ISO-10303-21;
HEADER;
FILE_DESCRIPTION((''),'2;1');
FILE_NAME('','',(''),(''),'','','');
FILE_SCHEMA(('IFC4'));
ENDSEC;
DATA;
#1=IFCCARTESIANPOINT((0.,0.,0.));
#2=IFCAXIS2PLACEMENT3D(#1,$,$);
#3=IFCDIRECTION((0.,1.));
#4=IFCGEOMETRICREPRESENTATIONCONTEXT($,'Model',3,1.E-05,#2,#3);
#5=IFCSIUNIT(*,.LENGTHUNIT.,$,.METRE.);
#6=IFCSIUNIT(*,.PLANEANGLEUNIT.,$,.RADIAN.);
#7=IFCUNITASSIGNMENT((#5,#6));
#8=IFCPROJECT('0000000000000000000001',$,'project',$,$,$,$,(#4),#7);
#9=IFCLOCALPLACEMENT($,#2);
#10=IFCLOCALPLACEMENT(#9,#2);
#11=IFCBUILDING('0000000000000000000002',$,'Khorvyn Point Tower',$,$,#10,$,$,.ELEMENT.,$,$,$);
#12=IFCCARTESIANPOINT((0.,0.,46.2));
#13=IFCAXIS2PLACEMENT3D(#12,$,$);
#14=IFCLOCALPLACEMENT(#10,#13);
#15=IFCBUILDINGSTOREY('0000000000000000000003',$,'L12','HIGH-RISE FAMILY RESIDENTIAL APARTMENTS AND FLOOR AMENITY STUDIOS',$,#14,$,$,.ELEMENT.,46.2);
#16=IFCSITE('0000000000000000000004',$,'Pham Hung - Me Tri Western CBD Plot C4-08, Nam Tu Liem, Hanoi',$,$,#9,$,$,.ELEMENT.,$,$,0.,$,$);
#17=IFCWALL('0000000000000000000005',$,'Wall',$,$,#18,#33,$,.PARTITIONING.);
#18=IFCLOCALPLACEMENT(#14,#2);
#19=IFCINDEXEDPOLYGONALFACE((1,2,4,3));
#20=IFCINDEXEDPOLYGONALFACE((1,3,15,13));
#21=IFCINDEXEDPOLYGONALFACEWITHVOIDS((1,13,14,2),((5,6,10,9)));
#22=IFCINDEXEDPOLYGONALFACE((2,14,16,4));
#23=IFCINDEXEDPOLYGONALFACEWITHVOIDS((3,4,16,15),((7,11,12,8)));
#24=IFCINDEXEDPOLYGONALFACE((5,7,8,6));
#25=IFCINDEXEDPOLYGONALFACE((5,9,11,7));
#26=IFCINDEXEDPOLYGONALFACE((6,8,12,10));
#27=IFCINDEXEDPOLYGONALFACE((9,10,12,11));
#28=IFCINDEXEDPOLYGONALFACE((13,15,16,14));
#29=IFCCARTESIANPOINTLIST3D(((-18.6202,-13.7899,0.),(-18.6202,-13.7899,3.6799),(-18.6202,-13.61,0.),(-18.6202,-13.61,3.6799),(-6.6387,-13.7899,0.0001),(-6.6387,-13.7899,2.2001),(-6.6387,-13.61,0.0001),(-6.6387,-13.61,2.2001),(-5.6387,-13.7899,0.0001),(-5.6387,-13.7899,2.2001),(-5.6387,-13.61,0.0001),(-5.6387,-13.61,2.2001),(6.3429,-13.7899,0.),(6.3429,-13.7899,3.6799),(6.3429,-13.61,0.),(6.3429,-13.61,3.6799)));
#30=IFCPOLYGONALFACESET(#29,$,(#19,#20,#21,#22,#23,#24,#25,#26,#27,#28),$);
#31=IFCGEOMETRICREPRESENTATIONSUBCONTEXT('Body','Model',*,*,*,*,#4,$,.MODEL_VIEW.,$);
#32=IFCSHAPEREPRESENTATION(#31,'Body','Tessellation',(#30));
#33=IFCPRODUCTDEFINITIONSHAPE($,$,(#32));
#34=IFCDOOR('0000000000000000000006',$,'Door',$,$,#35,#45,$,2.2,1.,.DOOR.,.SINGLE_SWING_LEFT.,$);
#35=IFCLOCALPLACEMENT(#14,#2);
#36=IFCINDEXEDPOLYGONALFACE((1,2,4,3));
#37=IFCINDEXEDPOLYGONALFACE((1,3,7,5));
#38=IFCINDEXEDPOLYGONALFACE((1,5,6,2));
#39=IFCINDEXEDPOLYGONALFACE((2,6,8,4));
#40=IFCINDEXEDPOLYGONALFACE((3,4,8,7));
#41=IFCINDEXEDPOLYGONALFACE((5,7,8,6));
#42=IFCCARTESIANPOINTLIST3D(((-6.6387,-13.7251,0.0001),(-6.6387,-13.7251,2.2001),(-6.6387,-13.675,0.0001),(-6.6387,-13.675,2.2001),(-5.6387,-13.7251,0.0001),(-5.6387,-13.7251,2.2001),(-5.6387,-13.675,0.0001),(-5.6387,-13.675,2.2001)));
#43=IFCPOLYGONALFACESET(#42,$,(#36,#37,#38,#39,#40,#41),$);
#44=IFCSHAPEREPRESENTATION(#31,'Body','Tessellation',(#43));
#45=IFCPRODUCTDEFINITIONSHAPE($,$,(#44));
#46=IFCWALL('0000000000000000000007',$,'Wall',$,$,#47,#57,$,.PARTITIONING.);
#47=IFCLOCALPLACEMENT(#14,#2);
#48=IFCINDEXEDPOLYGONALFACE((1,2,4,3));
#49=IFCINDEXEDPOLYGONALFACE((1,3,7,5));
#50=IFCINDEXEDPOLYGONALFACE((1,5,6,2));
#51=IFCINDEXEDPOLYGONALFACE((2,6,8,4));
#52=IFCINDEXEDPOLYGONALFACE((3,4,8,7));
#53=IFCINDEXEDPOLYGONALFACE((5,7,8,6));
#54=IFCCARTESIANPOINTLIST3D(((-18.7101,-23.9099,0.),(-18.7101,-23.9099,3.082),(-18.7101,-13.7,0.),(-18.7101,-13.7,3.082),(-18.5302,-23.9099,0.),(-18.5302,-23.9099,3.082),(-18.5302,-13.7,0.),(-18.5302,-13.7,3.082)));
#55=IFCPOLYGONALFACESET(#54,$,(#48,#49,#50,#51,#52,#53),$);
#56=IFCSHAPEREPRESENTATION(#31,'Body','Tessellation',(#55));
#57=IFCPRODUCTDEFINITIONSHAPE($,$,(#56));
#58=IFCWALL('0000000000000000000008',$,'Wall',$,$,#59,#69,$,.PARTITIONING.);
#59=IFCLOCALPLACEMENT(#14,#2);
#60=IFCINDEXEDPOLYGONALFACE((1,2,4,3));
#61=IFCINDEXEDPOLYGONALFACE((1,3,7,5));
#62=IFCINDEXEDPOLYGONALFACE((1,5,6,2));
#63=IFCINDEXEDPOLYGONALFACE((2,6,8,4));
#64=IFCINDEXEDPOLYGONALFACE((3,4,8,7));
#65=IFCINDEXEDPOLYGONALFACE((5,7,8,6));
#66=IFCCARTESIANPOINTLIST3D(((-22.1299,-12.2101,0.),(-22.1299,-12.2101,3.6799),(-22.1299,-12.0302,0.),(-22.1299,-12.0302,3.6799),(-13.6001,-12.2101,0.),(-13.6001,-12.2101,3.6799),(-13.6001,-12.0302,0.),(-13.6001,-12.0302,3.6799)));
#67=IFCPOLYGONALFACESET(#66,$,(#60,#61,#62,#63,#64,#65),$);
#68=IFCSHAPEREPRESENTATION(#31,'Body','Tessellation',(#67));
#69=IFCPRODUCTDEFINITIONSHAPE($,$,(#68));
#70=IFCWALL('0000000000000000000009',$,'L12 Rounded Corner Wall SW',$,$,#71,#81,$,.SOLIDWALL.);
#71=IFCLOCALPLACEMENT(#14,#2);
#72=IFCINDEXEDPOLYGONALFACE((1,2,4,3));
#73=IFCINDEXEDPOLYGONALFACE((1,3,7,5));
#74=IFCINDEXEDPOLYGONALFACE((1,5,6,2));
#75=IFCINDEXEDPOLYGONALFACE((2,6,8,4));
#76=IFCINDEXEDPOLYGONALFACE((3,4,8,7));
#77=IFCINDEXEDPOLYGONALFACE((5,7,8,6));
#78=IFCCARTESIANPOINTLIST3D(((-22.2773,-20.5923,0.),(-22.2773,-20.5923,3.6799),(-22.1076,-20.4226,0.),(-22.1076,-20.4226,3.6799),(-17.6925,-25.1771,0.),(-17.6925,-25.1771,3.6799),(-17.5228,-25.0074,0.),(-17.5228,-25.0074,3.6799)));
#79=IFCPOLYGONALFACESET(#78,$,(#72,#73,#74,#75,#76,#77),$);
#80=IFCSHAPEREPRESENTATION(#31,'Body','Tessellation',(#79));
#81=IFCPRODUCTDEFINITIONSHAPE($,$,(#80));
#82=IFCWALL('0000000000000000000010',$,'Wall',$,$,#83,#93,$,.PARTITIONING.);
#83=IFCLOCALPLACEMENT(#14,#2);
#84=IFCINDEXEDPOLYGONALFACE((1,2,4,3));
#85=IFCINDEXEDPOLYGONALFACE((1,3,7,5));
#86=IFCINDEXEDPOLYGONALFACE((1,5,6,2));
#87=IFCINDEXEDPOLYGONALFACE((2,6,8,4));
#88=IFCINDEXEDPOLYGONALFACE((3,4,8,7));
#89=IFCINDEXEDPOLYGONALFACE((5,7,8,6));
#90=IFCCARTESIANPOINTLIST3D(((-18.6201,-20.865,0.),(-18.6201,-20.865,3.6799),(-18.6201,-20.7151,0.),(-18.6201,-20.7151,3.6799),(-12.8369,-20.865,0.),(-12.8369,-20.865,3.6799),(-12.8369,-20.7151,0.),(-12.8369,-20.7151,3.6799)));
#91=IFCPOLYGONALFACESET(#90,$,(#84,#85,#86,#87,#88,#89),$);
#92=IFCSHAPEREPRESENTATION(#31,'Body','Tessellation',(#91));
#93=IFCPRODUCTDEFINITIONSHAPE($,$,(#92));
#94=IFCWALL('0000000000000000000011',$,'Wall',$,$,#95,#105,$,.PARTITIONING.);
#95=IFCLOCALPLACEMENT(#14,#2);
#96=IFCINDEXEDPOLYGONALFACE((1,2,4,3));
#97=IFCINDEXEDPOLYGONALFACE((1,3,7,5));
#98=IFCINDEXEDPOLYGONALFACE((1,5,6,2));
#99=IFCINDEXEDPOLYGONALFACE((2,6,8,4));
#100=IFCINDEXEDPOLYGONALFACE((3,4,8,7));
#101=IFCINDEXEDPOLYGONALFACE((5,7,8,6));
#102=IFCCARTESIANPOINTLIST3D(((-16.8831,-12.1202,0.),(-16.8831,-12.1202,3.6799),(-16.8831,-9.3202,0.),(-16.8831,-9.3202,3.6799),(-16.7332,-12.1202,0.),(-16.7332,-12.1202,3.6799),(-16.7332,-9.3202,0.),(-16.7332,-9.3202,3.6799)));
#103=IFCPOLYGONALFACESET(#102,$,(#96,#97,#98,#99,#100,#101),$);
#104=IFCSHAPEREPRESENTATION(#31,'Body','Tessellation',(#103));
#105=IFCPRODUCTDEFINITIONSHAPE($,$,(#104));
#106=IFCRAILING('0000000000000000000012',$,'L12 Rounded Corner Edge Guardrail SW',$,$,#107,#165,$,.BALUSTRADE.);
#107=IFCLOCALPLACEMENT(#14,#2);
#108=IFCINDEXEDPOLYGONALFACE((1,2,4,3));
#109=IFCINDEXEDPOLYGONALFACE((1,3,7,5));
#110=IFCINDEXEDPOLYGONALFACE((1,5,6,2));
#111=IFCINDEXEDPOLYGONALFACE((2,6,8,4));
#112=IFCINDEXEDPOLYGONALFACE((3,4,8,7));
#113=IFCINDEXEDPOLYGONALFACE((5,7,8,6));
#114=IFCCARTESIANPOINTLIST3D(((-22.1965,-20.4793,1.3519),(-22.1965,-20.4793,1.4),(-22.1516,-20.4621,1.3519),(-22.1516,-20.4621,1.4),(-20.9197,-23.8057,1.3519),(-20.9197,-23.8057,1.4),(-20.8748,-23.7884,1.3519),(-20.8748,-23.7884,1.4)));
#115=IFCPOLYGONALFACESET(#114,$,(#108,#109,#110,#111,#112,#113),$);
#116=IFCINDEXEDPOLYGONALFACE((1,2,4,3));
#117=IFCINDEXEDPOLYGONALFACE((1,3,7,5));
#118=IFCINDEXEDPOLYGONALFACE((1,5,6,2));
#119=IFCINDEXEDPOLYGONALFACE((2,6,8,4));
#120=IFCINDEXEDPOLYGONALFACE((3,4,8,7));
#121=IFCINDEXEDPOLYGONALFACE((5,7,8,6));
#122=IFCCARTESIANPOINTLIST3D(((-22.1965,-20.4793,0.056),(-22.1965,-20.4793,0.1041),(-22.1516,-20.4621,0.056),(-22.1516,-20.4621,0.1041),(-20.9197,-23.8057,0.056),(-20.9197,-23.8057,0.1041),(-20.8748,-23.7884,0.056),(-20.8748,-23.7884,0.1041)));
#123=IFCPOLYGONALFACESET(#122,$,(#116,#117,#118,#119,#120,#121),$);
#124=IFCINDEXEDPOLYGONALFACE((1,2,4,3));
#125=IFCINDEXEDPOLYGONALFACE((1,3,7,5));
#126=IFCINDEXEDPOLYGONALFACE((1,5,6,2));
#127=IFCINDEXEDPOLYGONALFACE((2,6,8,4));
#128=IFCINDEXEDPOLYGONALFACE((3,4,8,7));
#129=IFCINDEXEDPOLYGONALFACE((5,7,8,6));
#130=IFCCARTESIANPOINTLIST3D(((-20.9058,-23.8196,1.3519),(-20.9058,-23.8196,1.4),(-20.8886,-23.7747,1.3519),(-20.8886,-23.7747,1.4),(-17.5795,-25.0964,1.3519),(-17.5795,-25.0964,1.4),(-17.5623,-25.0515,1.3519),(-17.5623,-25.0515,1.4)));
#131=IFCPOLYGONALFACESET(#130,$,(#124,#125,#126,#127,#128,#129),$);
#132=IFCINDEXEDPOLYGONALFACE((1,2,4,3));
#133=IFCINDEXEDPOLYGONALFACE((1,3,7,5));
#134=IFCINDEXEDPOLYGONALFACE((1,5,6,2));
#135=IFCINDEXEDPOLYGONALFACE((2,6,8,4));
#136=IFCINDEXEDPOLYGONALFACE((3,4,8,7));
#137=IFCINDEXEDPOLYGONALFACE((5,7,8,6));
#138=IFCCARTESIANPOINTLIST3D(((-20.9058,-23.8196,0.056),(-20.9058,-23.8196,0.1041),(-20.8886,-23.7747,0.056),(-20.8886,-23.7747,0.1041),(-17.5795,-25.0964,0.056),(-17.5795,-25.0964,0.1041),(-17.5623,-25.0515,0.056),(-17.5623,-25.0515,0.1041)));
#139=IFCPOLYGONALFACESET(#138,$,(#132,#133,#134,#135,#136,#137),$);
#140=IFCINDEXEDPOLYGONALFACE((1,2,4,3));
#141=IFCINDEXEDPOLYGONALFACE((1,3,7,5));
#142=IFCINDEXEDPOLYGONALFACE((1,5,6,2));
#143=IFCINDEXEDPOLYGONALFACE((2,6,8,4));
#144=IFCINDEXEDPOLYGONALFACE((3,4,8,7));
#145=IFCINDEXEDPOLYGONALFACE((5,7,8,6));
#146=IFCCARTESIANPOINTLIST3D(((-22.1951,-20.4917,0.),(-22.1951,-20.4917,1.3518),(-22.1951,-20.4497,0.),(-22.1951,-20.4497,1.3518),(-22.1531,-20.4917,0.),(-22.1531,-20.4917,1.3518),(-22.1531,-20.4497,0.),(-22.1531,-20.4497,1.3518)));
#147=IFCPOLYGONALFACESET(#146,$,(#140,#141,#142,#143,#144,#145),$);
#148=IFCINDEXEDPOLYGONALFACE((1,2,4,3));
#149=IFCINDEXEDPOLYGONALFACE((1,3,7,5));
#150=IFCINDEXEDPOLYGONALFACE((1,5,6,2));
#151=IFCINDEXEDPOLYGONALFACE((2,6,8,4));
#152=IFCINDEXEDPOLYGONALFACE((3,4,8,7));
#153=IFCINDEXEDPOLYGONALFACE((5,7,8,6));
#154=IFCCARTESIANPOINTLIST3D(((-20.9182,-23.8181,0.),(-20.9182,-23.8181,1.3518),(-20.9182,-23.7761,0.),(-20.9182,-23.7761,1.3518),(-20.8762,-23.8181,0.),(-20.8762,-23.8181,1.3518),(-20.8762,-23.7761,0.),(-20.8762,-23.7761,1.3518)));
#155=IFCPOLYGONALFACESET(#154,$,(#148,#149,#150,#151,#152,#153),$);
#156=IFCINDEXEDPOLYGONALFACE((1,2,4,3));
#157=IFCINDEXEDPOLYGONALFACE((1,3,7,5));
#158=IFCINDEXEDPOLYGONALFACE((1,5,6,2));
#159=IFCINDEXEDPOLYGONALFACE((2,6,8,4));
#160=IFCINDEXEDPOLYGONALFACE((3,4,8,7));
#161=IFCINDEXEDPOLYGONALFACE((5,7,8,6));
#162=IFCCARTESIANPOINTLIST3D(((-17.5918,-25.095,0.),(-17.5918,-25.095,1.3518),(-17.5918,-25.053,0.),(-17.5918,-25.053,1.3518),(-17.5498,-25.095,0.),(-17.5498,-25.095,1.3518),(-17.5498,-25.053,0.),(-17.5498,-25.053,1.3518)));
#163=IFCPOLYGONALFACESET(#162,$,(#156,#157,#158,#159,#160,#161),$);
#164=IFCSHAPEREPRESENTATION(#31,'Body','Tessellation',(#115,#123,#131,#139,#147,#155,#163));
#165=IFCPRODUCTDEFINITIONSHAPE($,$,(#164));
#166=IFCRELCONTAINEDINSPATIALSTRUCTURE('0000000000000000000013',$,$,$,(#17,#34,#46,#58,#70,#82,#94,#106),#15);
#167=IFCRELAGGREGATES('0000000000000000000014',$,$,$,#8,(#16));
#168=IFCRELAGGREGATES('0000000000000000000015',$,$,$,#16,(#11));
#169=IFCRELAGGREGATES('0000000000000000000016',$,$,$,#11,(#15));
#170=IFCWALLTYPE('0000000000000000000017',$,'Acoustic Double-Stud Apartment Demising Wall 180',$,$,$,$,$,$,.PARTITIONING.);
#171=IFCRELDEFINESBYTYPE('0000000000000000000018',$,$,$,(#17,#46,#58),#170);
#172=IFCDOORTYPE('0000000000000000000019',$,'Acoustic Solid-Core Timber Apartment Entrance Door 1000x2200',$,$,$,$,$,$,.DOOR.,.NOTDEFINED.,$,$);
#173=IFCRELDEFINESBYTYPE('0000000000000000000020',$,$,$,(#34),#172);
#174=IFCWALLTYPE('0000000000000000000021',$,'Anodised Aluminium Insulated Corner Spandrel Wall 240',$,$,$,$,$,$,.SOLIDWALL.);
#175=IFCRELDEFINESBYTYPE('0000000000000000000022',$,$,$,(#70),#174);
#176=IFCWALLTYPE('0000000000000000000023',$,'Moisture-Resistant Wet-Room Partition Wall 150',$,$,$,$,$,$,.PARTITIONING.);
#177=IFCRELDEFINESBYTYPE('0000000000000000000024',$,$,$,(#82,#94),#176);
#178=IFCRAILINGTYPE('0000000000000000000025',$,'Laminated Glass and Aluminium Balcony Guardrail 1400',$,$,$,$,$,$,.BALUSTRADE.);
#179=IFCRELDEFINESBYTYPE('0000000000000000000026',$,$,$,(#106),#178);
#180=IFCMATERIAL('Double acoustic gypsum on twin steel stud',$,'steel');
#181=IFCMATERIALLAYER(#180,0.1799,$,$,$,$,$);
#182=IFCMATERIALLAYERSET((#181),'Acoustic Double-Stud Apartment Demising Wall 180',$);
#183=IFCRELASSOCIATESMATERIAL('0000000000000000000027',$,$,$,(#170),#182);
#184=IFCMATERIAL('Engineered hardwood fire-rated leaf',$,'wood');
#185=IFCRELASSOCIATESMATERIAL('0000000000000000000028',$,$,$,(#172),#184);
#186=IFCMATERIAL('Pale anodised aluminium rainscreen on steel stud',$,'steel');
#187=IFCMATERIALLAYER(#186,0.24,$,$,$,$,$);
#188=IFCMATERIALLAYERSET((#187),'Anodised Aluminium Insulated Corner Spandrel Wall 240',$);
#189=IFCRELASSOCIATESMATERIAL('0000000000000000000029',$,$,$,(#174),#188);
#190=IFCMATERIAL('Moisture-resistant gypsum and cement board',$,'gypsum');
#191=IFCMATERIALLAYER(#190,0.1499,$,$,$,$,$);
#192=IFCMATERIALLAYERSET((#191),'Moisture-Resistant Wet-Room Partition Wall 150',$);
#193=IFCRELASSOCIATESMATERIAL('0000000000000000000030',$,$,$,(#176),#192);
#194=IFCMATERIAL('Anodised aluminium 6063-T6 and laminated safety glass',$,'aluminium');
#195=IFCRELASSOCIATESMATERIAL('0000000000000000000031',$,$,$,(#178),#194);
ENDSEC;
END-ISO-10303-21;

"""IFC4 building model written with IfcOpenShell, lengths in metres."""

from ifc_helpers import new_model, si_unit, direction, frame, frame_2d, origin, origin_2d, place, context, subcontext, project, spatial, rectangle, extrude, material, layer, layer_set, type_object, element, fill, save


model = new_model("IFC4")

# Units and contexts
model_context = context("Model", 3, precision=1e-05, world=origin(), true_north=direction((0.0, 1.0)))
body_context = subcontext(model_context, "Body", "Model", "MODEL_VIEW")
ifc_project = project(units=[si_unit("LENGTHUNIT", "METRE"), si_unit("PLANEANGLEUNIT", "RADIAN")], contexts=[model_context])

# Site, building, storey
site_placement = place(None, origin())
site = spatial("IfcSite", under=ifc_project, at=site_placement, Name="Pham Hung - Me Tri Western CBD Plot C4-08, Nam Tu Liem, Hanoi", CompositionType="ELEMENT", RefElevation=0.0)
building_placement = place(site_placement, origin())
building = spatial("IfcBuilding", under=site, at=building_placement, Name="Khorvyn Point Tower", CompositionType="ELEMENT")
storey_placement = place(building_placement, frame((0.0, 0.0, 46.2)))
storey = spatial("IfcBuildingStorey", under=building, at=storey_placement, Name="L12", Description="HIGH-RISE FAMILY RESIDENTIAL APARTMENTS AND FLOOR AMENITY STUDIOS", CompositionType="ELEMENT", Elevation=46.2)

# Wall, opening, door
ifc_material_1 = material(Name="Double acoustic gypsum on twin steel stud", Category="steel")
ifc_layer_1 = layer(ifc_material_1, 0.1799)
ifc_layer_set_1 = layer_set([ifc_layer_1], Name="Acoustic Double-Stud Apartment Demising Wall 180")
wall_type_1 = type_object("IfcWallType", Name="Acoustic Double-Stud Apartment Demising Wall 180", PredefinedType="PARTITIONING", material=ifc_layer_set_1)
wall_1_placement = place(storey_placement, frame((-18.6201, -13.7, 0.0), z_axis=(0.0, 0.0, 1.0), x_axis=(1.0, 0.0, 0.0)))
wall_1 = element("IfcWall", 1, at=wall_1_placement, inside=storey, type_object=wall_type_1, Name="Wall", PredefinedType="PARTITIONING", context=body_context, shape_type="SweptSolid", body=[
    extrude(rectangle(XDim=24.9631, YDim=0.1799, at=frame_2d((12.4814, 0.0))), origin(), (0.0, 0.0, 1.0), 3.6799),
])
opening_placement = place(wall_1_placement, frame((11.9814, 0.0, 0.0)))
opening = element("IfcOpeningElement", 2, at=opening_placement, cuts=wall_1, PredefinedType="OPENING", context=body_context, shape_type="SweptSolid", body=[
    extrude(rectangle(XDim=1.0, YDim=2.2, at=frame_2d((0.5, 1.1001))), frame((0.0, 0.0999, 0.0), z_axis=(0.0, -1.0, 0.0), x_axis=(1.0, 0.0, 0.0)), (0.0, 0.0, 1.0), 0.2),
])
ifc_material_2 = material(Name="Engineered hardwood fire-rated leaf", Category="wood")
door_type = type_object("IfcDoorType", Name="Acoustic Solid-Core Timber Apartment Entrance Door 1000x2200", OperationType="NOTDEFINED", PredefinedType="DOOR", material=ifc_material_2)
door_placement = place(opening_placement, origin())
door = element("IfcDoor", 3, at=door_placement, inside=storey, type_object=door_type, Name="Door", OperationType="SINGLE_SWING_LEFT", OverallHeight=2.2, OverallWidth=1.0, PredefinedType="DOOR", context=body_context, shape_type="SweptSolid", body=[
    extrude(rectangle(XDim=1.0, YDim=2.2, at=frame_2d((0.5, 1.1001))), frame((0.0, 0.0249, 0.0), z_axis=(0.0, -1.0, 0.0), x_axis=(1.0, 0.0, 0.0)), (0.0, 0.0, 1.0), 0.05),
])
fill(opening, door)

# Walls
wall_2_placement = place(storey_placement, frame((-18.6201, -23.9099, 0.0), z_axis=(0.0, 0.0, 1.0), x_axis=(0.0, 1.0, 0.0)))
element("IfcWall", 4, at=wall_2_placement, inside=storey, type_object=wall_type_1, Name="Wall", PredefinedType="PARTITIONING", context=body_context, shape_type="SweptSolid", body=[
    extrude(rectangle(XDim=10.21, YDim=0.1799, at=frame_2d((5.105, 0.0))), origin(), (0.0, 0.0, 1.0), 3.082),
])
wall_3_placement = place(storey_placement, frame((-22.1299, -12.1201, 0.0), z_axis=(0.0, 0.0, 1.0), x_axis=(1.0, 0.0, 0.0)))
element("IfcWall", 5, at=wall_3_placement, inside=storey, type_object=wall_type_1, Name="Wall", PredefinedType="PARTITIONING", context=body_context, shape_type="SweptSolid", body=[
    extrude(rectangle(XDim=8.5298, YDim=0.1799, at=frame_2d((4.2649, 0.0))), origin(), (0.0, 0.0, 1.0), 3.6799),
])
ifc_material_3 = material(Name="Pale anodised aluminium rainscreen on steel stud", Category="steel")
ifc_layer_2 = layer(ifc_material_3, 0.24)
ifc_layer_set_2 = layer_set([ifc_layer_2], Name="Anodised Aluminium Insulated Corner Spandrel Wall 240")
wall_type_2 = type_object("IfcWallType", Name="Anodised Aluminium Insulated Corner Spandrel Wall 240", PredefinedType="SOLIDWALL", material=ifc_layer_set_2)
wall_4_placement = place(storey_placement, frame((-17.6077, -25.0923, 0.0), z_axis=(0.0, 0.0, 1.0), x_axis=(-0.707107, 0.707107, 0.0)))
element("IfcWall", 6, at=wall_4_placement, inside=storey, type_object=wall_type_2, Name="L12 Rounded Corner Wall SW", PredefinedType="SOLIDWALL", context=body_context, shape_type="SweptSolid", body=[
    extrude(rectangle(XDim=6.4839, YDim=0.24, at=frame_2d((3.2419, 0.0))), origin(), (0.0, 0.0, 1.0), 3.6799),
])
ifc_material_4 = material(Name="Moisture-resistant gypsum and cement board", Category="gypsum")
ifc_layer_3 = layer(ifc_material_4, 0.1499)
ifc_layer_set_3 = layer_set([ifc_layer_3], Name="Moisture-Resistant Wet-Room Partition Wall 150")
wall_type_3 = type_object("IfcWallType", Name="Moisture-Resistant Wet-Room Partition Wall 150", PredefinedType="PARTITIONING", material=ifc_layer_set_3)
wall_5_placement = place(storey_placement, frame((-18.6201, -20.79, 0.0), z_axis=(0.0, 0.0, 1.0), x_axis=(1.0, 0.0, 0.0)))
element("IfcWall", 7, at=wall_5_placement, inside=storey, type_object=wall_type_3, Name="Wall", PredefinedType="PARTITIONING", context=body_context, shape_type="SweptSolid", body=[
    extrude(rectangle(XDim=5.7832, YDim=0.1499, at=frame_2d((2.8916, 0.0))), origin(), (0.0, 0.0, 1.0), 3.6799),
])
wall_6_placement = place(storey_placement, frame((-16.8081, -12.1201, 0.0), z_axis=(0.0, 0.0, 1.0), x_axis=(0.0, 1.0, 0.0)))
element("IfcWall", 8, at=wall_6_placement, inside=storey, type_object=wall_type_3, Name="Wall", PredefinedType="PARTITIONING", context=body_context, shape_type="SweptSolid", body=[
    extrude(rectangle(XDim=2.8, YDim=0.1499, at=frame_2d((1.3999, 0.0))), origin(), (0.0, 0.0, 1.0), 3.6799),
])

# Railing
ifc_material_5 = material(Name="Anodised aluminium 6063-T6 and laminated safety glass", Category="aluminium")
railing_type = type_object("IfcRailingType", Name="Laminated Glass and Aluminium Balcony Guardrail 1400", PredefinedType="BALUSTRADE", material=ifc_material_5)
railing_placement = place(storey_placement, frame((-22.1741, -20.4707, 0.0)))
element("IfcRailing", 9, at=railing_placement, inside=storey, type_object=railing_type, Name="L12 Rounded Corner Edge Guardrail SW", PredefinedType="BALUSTRADE", context=body_context, shape_type="SweptSolid", body=[
    extrude(rectangle(XDim=0.0481, YDim=0.0481, at=origin_2d()), frame((0.0, 0.0, 1.376), z_axis=(0.358359, -0.933584, 0.0), x_axis=(0.933584, 0.358359, 0.0)), (0.0, 0.0, 1.0), 3.563),
    extrude(rectangle(XDim=0.0481, YDim=0.0481, at=origin_2d()), frame((0.0, 0.0, 0.0801), z_axis=(0.358359, -0.933584, 0.0), x_axis=(0.933584, 0.358359, 0.0)), (0.0, 0.0, 1.0), 3.563),
    extrude(rectangle(XDim=0.0481, YDim=0.0481, at=origin_2d()), frame((1.2769, -3.3264, 1.376), z_axis=(0.933584, -0.358359, 0.0), x_axis=(0.358359, 0.933584, 0.0)), (0.0, 0.0, 1.0), 3.563),
    extrude(rectangle(XDim=0.0481, YDim=0.0481, at=origin_2d()), frame((1.2769, -3.3264, 0.0801), z_axis=(0.933584, -0.358359, 0.0), x_axis=(0.358359, 0.933584, 0.0)), (0.0, 0.0, 1.0), 3.563),
    extrude(rectangle(XDim=0.042, YDim=0.042, at=origin_2d()), origin(), (0.0, 0.0, 1.0), 1.3518),
    extrude(rectangle(XDim=0.042, YDim=0.042, at=origin_2d()), frame((1.2769, -3.3264, 0.0)), (0.0, 0.0, 1.0), 1.3518),
    extrude(rectangle(XDim=0.042, YDim=0.042, at=origin_2d()), frame((4.6033, -4.6033, 0.0)), (0.0, 0.0, 1.0), 1.3518),
])

save(model, "model.ifc")
